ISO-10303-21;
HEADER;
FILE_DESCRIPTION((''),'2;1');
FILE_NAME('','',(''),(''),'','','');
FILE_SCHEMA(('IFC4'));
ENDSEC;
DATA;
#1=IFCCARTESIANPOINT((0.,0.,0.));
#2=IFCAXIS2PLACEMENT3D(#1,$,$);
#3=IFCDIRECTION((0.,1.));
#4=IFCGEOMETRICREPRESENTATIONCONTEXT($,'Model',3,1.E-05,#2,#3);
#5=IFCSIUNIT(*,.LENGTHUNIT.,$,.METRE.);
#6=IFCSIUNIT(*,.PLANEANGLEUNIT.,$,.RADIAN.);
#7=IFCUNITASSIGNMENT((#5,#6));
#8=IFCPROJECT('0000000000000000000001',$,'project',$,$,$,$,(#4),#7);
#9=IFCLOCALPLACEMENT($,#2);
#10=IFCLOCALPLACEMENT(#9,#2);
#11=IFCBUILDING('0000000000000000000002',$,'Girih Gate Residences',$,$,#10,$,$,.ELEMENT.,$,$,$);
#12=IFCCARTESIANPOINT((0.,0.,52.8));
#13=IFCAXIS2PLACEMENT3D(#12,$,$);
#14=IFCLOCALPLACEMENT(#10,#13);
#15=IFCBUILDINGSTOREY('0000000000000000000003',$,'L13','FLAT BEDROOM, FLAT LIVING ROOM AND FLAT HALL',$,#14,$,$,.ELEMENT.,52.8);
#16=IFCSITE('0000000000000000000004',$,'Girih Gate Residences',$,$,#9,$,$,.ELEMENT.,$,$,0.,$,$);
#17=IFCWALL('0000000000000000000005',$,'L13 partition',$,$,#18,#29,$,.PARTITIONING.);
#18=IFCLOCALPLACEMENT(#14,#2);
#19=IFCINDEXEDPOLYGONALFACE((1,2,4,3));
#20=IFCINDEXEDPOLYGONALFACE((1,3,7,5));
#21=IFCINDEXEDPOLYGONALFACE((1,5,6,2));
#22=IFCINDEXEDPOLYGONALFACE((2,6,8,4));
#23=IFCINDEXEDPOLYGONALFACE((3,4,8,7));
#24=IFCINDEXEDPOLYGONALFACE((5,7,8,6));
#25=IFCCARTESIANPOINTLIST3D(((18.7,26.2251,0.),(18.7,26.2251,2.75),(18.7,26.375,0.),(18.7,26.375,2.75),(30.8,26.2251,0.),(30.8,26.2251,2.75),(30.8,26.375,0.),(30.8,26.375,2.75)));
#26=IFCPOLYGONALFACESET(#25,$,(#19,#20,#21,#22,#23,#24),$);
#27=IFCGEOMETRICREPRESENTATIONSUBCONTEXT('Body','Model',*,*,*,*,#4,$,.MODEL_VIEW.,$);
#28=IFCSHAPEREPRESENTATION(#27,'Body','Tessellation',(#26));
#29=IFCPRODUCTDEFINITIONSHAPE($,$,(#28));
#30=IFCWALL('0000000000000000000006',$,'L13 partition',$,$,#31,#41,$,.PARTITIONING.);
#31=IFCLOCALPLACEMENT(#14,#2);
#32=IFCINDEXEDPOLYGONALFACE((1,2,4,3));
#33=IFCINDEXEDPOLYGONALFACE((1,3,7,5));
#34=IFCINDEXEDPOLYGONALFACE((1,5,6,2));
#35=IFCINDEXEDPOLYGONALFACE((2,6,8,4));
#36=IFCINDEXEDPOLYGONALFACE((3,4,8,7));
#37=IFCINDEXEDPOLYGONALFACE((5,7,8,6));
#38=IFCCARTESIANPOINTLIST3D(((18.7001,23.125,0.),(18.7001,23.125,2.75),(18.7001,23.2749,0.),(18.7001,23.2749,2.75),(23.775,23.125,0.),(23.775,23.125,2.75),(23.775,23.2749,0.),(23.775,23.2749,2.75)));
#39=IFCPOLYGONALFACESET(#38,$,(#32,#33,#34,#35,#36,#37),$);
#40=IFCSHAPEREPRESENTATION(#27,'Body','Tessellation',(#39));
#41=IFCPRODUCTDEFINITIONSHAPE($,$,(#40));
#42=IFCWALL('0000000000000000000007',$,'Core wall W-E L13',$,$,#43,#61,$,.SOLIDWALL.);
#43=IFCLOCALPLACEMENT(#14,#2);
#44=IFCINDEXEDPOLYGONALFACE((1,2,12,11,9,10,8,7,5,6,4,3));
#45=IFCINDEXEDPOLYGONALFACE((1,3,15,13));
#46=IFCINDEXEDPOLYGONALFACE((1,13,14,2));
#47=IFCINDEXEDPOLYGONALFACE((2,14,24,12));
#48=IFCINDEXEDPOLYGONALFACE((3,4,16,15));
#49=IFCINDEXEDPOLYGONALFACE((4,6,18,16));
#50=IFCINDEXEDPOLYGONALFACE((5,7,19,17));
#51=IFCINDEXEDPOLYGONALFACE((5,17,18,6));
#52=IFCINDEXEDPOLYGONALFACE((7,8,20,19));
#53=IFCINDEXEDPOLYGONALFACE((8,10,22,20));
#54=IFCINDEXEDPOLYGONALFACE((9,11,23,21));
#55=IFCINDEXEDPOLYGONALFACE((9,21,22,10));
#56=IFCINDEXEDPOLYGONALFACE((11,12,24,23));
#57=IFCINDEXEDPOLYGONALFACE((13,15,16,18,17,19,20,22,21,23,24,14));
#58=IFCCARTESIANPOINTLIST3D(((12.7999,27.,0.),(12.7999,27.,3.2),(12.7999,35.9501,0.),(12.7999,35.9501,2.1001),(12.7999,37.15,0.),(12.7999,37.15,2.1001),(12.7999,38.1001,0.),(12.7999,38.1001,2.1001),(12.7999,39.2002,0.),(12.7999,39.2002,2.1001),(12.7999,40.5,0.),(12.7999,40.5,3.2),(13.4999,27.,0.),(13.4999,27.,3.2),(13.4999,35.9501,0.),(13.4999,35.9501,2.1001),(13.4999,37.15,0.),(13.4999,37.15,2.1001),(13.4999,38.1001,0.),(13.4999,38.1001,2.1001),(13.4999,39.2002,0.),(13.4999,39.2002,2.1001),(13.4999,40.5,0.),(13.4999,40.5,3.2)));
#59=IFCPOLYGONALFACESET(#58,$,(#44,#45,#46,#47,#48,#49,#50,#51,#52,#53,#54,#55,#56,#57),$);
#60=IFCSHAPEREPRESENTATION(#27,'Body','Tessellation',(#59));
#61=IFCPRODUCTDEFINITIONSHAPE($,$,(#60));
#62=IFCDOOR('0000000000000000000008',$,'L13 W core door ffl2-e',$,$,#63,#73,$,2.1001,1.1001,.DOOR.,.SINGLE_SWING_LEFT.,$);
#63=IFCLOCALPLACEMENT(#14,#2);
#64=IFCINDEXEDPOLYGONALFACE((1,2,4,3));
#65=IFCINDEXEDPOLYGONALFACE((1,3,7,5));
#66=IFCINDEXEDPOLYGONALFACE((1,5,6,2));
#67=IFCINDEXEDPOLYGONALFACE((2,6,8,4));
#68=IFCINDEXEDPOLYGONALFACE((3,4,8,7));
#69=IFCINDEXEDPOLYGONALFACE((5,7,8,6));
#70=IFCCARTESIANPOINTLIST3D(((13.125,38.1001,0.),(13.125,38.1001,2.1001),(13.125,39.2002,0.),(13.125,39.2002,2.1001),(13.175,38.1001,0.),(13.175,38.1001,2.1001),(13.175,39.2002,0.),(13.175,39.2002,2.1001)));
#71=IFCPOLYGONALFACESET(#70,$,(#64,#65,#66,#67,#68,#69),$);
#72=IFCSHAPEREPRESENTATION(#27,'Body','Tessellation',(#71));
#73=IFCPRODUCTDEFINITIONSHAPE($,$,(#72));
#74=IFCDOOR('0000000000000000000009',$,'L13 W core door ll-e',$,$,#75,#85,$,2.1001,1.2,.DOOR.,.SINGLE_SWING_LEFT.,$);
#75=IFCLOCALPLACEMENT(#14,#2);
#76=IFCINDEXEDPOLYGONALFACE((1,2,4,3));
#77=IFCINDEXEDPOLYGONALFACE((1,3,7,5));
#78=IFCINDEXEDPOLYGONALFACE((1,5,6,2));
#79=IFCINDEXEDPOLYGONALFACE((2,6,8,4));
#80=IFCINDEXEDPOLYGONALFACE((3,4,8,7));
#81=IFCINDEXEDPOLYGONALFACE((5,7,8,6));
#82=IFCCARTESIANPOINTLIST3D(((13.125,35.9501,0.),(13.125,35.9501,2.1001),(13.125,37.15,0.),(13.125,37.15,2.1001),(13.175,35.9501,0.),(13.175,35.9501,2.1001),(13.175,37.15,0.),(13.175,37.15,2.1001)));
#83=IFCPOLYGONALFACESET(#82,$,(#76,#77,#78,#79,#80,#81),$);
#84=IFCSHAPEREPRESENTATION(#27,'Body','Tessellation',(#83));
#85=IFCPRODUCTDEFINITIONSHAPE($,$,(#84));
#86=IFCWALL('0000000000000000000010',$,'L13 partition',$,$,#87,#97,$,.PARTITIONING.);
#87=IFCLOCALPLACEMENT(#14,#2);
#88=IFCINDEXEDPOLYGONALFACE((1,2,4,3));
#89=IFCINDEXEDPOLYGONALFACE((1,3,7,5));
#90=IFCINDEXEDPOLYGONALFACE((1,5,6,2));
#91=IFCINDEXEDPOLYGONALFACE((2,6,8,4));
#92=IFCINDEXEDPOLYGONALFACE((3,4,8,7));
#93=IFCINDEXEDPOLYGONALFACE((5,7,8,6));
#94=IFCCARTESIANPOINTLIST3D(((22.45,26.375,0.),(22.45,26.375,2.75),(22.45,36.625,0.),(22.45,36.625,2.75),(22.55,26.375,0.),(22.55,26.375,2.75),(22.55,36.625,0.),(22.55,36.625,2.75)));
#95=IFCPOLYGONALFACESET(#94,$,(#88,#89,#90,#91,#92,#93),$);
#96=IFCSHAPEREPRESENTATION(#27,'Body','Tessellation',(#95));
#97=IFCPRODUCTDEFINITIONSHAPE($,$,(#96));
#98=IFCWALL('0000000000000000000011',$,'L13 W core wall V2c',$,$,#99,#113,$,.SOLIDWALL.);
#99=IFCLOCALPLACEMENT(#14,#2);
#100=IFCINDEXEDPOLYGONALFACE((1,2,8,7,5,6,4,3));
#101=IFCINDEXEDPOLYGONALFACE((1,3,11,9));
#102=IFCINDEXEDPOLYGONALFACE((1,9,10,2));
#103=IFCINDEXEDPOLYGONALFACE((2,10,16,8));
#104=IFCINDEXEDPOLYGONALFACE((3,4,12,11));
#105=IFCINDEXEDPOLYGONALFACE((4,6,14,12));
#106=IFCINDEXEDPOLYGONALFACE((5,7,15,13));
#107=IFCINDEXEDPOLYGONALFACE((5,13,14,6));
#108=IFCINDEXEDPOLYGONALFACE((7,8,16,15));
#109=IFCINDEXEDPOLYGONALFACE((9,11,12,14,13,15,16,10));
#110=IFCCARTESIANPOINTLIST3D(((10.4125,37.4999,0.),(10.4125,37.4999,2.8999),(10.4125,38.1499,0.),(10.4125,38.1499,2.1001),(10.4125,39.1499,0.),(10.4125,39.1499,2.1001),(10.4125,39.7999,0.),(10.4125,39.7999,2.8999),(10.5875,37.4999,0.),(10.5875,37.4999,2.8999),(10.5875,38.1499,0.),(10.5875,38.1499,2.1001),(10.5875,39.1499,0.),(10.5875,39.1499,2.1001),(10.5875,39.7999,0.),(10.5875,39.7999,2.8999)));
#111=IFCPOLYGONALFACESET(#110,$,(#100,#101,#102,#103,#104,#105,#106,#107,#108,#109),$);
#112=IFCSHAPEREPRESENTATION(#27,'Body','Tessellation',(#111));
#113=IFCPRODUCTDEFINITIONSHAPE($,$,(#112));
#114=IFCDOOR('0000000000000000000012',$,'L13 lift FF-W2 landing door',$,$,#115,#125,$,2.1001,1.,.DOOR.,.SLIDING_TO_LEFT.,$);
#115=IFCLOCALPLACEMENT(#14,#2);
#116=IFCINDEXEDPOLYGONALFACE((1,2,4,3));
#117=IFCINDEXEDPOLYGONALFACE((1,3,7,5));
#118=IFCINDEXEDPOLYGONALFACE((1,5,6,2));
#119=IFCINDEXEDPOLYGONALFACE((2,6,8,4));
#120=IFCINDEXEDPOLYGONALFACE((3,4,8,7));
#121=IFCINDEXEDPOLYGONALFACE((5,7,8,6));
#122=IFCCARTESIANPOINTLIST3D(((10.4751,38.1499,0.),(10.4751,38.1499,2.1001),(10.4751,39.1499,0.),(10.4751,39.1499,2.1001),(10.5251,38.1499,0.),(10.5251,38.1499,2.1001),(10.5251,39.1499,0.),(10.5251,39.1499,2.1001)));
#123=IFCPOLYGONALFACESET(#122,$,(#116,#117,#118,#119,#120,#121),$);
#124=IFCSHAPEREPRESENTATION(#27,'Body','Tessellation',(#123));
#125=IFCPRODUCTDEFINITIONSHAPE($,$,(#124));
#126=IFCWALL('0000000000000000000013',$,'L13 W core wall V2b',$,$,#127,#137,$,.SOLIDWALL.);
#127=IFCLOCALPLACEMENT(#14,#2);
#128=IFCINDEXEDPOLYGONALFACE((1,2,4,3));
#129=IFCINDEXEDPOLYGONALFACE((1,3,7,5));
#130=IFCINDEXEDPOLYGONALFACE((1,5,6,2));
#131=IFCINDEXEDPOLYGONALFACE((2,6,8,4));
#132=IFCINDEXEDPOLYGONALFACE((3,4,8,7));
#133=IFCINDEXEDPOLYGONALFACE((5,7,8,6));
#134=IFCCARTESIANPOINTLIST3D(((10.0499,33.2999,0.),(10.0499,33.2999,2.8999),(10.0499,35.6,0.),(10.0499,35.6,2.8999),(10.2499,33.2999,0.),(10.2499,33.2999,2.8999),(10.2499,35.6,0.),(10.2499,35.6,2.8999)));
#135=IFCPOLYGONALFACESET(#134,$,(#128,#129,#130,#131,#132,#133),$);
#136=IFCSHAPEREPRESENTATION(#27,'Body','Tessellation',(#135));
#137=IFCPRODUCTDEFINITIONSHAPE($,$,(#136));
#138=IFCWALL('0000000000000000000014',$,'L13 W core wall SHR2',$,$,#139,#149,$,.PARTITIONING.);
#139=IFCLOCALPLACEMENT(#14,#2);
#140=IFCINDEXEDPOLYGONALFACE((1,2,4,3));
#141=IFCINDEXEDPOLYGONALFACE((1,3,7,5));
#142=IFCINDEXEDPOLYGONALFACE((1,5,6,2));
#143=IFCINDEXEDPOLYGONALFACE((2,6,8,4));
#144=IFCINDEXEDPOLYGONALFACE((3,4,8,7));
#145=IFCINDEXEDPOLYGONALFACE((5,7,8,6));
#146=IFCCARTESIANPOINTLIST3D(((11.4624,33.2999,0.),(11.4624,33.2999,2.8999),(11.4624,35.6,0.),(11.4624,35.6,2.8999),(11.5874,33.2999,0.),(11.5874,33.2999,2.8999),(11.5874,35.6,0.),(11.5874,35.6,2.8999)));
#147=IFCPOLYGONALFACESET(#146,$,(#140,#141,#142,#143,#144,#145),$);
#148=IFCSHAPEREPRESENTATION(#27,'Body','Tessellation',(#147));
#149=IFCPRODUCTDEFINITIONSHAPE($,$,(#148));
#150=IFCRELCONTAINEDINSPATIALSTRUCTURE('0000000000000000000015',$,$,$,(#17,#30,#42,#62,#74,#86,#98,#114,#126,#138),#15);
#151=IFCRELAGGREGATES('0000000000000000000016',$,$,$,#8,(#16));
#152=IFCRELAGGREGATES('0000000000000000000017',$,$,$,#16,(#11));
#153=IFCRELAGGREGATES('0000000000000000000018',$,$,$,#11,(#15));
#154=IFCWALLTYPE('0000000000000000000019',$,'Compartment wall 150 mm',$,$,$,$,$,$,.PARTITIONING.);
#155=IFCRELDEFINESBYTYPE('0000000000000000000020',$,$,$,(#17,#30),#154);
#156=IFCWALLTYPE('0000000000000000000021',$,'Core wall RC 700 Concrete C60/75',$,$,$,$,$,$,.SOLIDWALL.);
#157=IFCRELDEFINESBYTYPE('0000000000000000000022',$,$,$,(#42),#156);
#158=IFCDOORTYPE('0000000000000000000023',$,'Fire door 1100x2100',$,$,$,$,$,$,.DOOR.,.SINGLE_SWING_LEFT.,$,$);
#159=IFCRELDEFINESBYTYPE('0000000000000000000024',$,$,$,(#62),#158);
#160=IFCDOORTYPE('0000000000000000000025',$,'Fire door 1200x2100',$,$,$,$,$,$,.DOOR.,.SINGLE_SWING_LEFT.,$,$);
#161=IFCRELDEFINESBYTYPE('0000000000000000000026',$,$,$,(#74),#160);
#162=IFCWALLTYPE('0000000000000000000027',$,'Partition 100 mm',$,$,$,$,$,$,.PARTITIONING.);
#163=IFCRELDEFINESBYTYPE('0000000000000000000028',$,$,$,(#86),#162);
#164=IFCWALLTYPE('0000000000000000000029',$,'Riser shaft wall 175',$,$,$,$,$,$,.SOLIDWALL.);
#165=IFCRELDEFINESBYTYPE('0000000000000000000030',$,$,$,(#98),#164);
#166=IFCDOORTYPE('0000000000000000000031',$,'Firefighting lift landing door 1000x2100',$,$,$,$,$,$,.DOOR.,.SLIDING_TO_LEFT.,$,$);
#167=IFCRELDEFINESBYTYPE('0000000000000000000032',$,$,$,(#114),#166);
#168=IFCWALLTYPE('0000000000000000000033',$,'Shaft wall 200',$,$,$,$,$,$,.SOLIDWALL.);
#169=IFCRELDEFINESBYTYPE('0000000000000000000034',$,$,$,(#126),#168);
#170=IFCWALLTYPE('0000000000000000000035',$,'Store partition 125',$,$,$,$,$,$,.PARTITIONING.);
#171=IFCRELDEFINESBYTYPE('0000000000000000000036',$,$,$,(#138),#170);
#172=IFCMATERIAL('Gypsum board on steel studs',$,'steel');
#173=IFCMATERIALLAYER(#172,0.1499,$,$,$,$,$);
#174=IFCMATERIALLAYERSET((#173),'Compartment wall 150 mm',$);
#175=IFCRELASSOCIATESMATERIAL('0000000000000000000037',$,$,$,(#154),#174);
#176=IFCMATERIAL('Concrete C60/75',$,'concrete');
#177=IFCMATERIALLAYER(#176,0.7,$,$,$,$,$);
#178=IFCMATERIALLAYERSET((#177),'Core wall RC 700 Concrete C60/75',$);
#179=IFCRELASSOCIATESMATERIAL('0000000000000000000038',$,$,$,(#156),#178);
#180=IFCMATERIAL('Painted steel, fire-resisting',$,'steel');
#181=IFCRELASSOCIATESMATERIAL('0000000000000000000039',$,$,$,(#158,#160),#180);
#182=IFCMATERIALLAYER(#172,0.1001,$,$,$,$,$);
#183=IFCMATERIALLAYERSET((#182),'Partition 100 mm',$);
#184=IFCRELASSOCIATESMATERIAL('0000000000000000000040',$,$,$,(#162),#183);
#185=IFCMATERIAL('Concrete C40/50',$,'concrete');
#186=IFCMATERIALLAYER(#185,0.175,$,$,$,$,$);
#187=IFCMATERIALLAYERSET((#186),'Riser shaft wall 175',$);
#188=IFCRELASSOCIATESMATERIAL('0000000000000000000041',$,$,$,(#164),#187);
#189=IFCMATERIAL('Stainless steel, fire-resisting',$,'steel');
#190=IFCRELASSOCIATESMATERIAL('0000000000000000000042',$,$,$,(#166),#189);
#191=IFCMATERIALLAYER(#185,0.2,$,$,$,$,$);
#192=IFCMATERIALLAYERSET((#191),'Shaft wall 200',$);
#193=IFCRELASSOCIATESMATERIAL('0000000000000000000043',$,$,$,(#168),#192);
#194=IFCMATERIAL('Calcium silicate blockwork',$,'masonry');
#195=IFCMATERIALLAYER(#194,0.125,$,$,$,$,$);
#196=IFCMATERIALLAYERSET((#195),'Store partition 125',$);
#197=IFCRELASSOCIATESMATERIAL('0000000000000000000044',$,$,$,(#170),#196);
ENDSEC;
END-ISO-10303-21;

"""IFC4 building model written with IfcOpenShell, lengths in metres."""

from ifc_helpers import new_model, si_unit, direction, frame, frame_2d, origin, place, context, subcontext, project, spatial, rectangle, extrude, material, layer, layer_set, type_object, element, fill, save


model = new_model("IFC4")

# Units and contexts
model_context = context("Model", 3, precision=1e-05, world=origin(), true_north=direction((0.0, 1.0)))
body_context = subcontext(model_context, "Body", "Model", "MODEL_VIEW")
ifc_project = project(units=[si_unit("LENGTHUNIT", "METRE"), si_unit("PLANEANGLEUNIT", "RADIAN")], contexts=[model_context])

# Site, building, storey
site_placement = place(None, origin())
site = spatial("IfcSite", under=ifc_project, at=site_placement, Name="Girih Gate Residences", CompositionType="ELEMENT", RefElevation=0.0)
building_placement = place(site_placement, origin())
building = spatial("IfcBuilding", under=site, at=building_placement, Name="Girih Gate Residences", CompositionType="ELEMENT")
storey_placement = place(building_placement, frame((0.0, 0.0, 52.8)))
storey = spatial("IfcBuildingStorey", under=building, at=storey_placement, Name="L13", Description="FLAT BEDROOM, FLAT LIVING ROOM AND FLAT HALL", CompositionType="ELEMENT", Elevation=52.8)

# Shared definitions
ifc_material_1 = material(Name="Concrete C60/75", Category="concrete")

# Shared definitions
ifc_material_2 = material(Name="Gypsum board on steel studs", Category="steel")
ifc_layer_1 = layer(ifc_material_2, 0.1499)
ifc_layer_set_1 = layer_set([ifc_layer_1], Name="Compartment wall 150 mm")
wall_type_1 = type_object("IfcWallType", Name="Compartment wall 150 mm", PredefinedType="PARTITIONING", material=ifc_layer_set_1)

# Walls
wall_1_placement = place(storey_placement, frame((18.7, 26.3, 0.0), z_axis=(0.0, 0.0, 1.0), x_axis=(1.0, 0.0, 0.0)))
element("IfcWall", 1, at=wall_1_placement, inside=storey, type_object=wall_type_1, Name="L13 partition", PredefinedType="PARTITIONING", context=body_context, shape_type="SweptSolid", body=[
    extrude(rectangle(XDim=12.1001, YDim=0.1499, at=frame_2d((6.05, 0.0))), origin(), (0.0, 0.0, 1.0), 2.75),
])
wall_2_placement = place(storey_placement, frame((18.7, 23.2, 0.0), z_axis=(0.0, 0.0, 1.0), x_axis=(1.0, 0.0, 0.0)))
element("IfcWall", 2, at=wall_2_placement, inside=storey, type_object=wall_type_1, Name="L13 partition", PredefinedType="PARTITIONING", context=body_context, shape_type="SweptSolid", body=[
    extrude(rectangle(XDim=5.075, YDim=0.1499, at=frame_2d((2.5376, 0.0))), origin(), (0.0, 0.0, 1.0), 2.75),
])

# Wall, openings, doors
ifc_layer_2 = layer(ifc_material_1, 0.7)
ifc_layer_set_2 = layer_set([ifc_layer_2], Name="Core wall RC 700 Concrete C60/75")
wall_type_2 = type_object("IfcWallType", Name="Core wall RC 700 Concrete C60/75", PredefinedType="SOLIDWALL", material=ifc_layer_set_2)
wall_3_placement = place(storey_placement, frame((13.1499, 27.0, 0.0), z_axis=(0.0, 0.0, 1.0), x_axis=(0.0, 1.0, 0.0)))
wall_3 = element("IfcWall", 3, at=wall_3_placement, inside=storey, type_object=wall_type_2, Name="Core wall W-E L13", PredefinedType="SOLIDWALL", context=body_context, shape_type="SweptSolid", body=[
    extrude(rectangle(XDim=13.5, YDim=0.7, at=frame_2d((6.75, 0.0))), origin(), (0.0, 0.0, 1.0), 3.2),
])
opening_1_placement = place(wall_3_placement, frame((11.1001, 0.0, 0.0)))
opening_1 = element("IfcOpeningElement", 4, at=opening_1_placement, cuts=wall_3, PredefinedType="OPENING", context=body_context, shape_type="SweptSolid", body=[
    extrude(rectangle(XDim=1.1001, YDim=2.1001, at=frame_2d((0.55, 1.05))), frame((0.0, 0.3599, 0.0), z_axis=(0.0, -1.0, 0.0), x_axis=(1.0, 0.0, 0.0)), (0.0, 0.0, 1.0), 0.72),
])
opening_2_placement = place(wall_3_placement, frame((8.95, 0.0, 0.0)))
opening_2 = element("IfcOpeningElement", 5, at=opening_2_placement, cuts=wall_3, PredefinedType="OPENING", context=body_context, shape_type="SweptSolid", body=[
    extrude(rectangle(XDim=1.2, YDim=2.1001, at=frame_2d((0.6001, 1.05))), frame((0.0, 0.3599, 0.0), z_axis=(0.0, -1.0, 0.0), x_axis=(1.0, 0.0, 0.0)), (0.0, 0.0, 1.0), 0.72),
])
ifc_material_3 = material(Name="Painted steel, fire-resisting", Category="steel")
door_type_1 = type_object("IfcDoorType", Name="Fire door 1100x2100", OperationType="SINGLE_SWING_LEFT", PredefinedType="DOOR", material=ifc_material_3)
door_1_placement = place(opening_1_placement, origin())
door_1 = element("IfcDoor", 6, at=door_1_placement, inside=storey, type_object=door_type_1, Name="L13 W core door ffl2-e", OperationType="SINGLE_SWING_LEFT", OverallHeight=2.1001, OverallWidth=1.1001, PredefinedType="DOOR", context=body_context, shape_type="SweptSolid", body=[
    extrude(rectangle(XDim=1.1001, YDim=2.1001, at=frame_2d((0.55, 1.05))), frame((0.0, 0.0249, 0.0), z_axis=(0.0, -1.0, 0.0), x_axis=(1.0, 0.0, 0.0)), (0.0, 0.0, 1.0), 0.05),
])
fill(opening_1, door_1)
door_type_2 = type_object("IfcDoorType", Name="Fire door 1200x2100", OperationType="SINGLE_SWING_LEFT", PredefinedType="DOOR", material=ifc_material_3)
door_2_placement = place(opening_2_placement, origin())
door_2 = element("IfcDoor", 7, at=door_2_placement, inside=storey, type_object=door_type_2, Name="L13 W core door ll-e", OperationType="SINGLE_SWING_LEFT", OverallHeight=2.1001, OverallWidth=1.2, PredefinedType="DOOR", context=body_context, shape_type="SweptSolid", body=[
    extrude(rectangle(XDim=1.2, YDim=2.1001, at=frame_2d((0.6001, 1.05))), frame((0.0, 0.0249, 0.0), z_axis=(0.0, -1.0, 0.0), x_axis=(1.0, 0.0, 0.0)), (0.0, 0.0, 1.0), 0.05),
])
fill(opening_2, door_2)

# Wall
ifc_layer_3 = layer(ifc_material_2, 0.1001)
ifc_layer_set_3 = layer_set([ifc_layer_3], Name="Partition 100 mm")
wall_type_3 = type_object("IfcWallType", Name="Partition 100 mm", PredefinedType="PARTITIONING", material=ifc_layer_set_3)
wall_4_placement = place(storey_placement, frame((22.5, 26.375, 0.0), z_axis=(0.0, 0.0, 1.0), x_axis=(0.0, 1.0, 0.0)))
element("IfcWall", 8, at=wall_4_placement, inside=storey, type_object=wall_type_3, Name="L13 partition", PredefinedType="PARTITIONING", context=body_context, shape_type="SweptSolid", body=[
    extrude(rectangle(XDim=10.25, YDim=0.1001, at=frame_2d((5.125, 0.0))), origin(), (0.0, 0.0, 1.0), 2.75),
])

# Wall, opening, door
ifc_material_4 = material(Name="Concrete C40/50", Category="concrete")
ifc_layer_4 = layer(ifc_material_4, 0.175)
ifc_layer_set_4 = layer_set([ifc_layer_4], Name="Riser shaft wall 175")
wall_type_4 = type_object("IfcWallType", Name="Riser shaft wall 175", PredefinedType="SOLIDWALL", material=ifc_layer_set_4)
wall_5_placement = place(storey_placement, frame((10.5, 37.5, 0.0), z_axis=(0.0, 0.0, 1.0), x_axis=(0.0, 1.0, 0.0)))
wall_5 = element("IfcWall", 9, at=wall_5_placement, inside=storey, type_object=wall_type_4, Name="L13 W core wall V2c", PredefinedType="SOLIDWALL", context=body_context, shape_type="SweptSolid", body=[
    extrude(rectangle(XDim=2.3, YDim=0.175, at=frame_2d((1.1499, 0.0))), origin(), (0.0, 0.0, 1.0), 2.8999),
])
opening_3_placement = place(wall_5_placement, frame((0.6499, 0.0, 0.0)))
opening_3 = element("IfcOpeningElement", 10, at=opening_3_placement, cuts=wall_5, PredefinedType="OPENING", context=body_context, shape_type="SweptSolid", body=[
    extrude(rectangle(XDim=1.0, YDim=2.1001, at=frame_2d((0.5, 1.05))), frame((0.0, 0.0974, 0.0), z_axis=(0.0, -1.0, 0.0), x_axis=(1.0, 0.0, 0.0)), (0.0, 0.0, 1.0), 0.1951),
])
ifc_material_5 = material(Name="Stainless steel, fire-resisting", Category="steel")
door_type_3 = type_object("IfcDoorType", Name="Firefighting lift landing door 1000x2100", OperationType="SLIDING_TO_LEFT", PredefinedType="DOOR", material=ifc_material_5)
door_3_placement = place(opening_3_placement, origin())
door_3 = element("IfcDoor", 11, at=door_3_placement, inside=storey, type_object=door_type_3, Name="L13 lift FF-W2 landing door", OperationType="SLIDING_TO_LEFT", OverallHeight=2.1001, OverallWidth=1.0, PredefinedType="DOOR", context=body_context, shape_type="SweptSolid", body=[
    extrude(rectangle(XDim=1.0, YDim=2.1001, at=frame_2d((0.5, 1.05))), frame((0.0, 0.0249, 0.0), z_axis=(0.0, -1.0, 0.0), x_axis=(1.0, 0.0, 0.0)), (0.0, 0.0, 1.0), 0.05),
])
fill(opening_3, door_3)

# Walls
ifc_layer_5 = layer(ifc_material_4, 0.2)
ifc_layer_set_5 = layer_set([ifc_layer_5], Name="Shaft wall 200")
wall_type_5 = type_object("IfcWallType", Name="Shaft wall 200", PredefinedType="SOLIDWALL", material=ifc_layer_set_5)
wall_6_placement = place(storey_placement, frame((10.1499, 33.3, 0.0), z_axis=(0.0, 0.0, 1.0), x_axis=(0.0, 1.0, 0.0)))
element("IfcWall", 12, at=wall_6_placement, inside=storey, type_object=wall_type_5, Name="L13 W core wall V2b", PredefinedType="SOLIDWALL", context=body_context, shape_type="SweptSolid", body=[
    extrude(rectangle(XDim=2.3, YDim=0.2, at=frame_2d((1.1499, 0.0))), origin(), (0.0, 0.0, 1.0), 2.8999),
])
ifc_material_6 = material(Name="Calcium silicate blockwork", Category="masonry")
ifc_layer_6 = layer(ifc_material_6, 0.125)
ifc_layer_set_6 = layer_set([ifc_layer_6], Name="Store partition 125")
wall_type_6 = type_object("IfcWallType", Name="Store partition 125", PredefinedType="PARTITIONING", material=ifc_layer_set_6)
wall_7_placement = place(storey_placement, frame((11.5249, 33.3, 0.0), z_axis=(0.0, 0.0, 1.0), x_axis=(0.0, 1.0, 0.0)))
element("IfcWall", 13, at=wall_7_placement, inside=storey, type_object=wall_type_6, Name="L13 W core wall SHR2", PredefinedType="PARTITIONING", context=body_context, shape_type="SweptSolid", body=[
    extrude(rectangle(XDim=2.3, YDim=0.125, at=frame_2d((1.1499, 0.0))), origin(), (0.0, 0.0, 1.0), 2.8999),
])

save(model, "model.ifc")
